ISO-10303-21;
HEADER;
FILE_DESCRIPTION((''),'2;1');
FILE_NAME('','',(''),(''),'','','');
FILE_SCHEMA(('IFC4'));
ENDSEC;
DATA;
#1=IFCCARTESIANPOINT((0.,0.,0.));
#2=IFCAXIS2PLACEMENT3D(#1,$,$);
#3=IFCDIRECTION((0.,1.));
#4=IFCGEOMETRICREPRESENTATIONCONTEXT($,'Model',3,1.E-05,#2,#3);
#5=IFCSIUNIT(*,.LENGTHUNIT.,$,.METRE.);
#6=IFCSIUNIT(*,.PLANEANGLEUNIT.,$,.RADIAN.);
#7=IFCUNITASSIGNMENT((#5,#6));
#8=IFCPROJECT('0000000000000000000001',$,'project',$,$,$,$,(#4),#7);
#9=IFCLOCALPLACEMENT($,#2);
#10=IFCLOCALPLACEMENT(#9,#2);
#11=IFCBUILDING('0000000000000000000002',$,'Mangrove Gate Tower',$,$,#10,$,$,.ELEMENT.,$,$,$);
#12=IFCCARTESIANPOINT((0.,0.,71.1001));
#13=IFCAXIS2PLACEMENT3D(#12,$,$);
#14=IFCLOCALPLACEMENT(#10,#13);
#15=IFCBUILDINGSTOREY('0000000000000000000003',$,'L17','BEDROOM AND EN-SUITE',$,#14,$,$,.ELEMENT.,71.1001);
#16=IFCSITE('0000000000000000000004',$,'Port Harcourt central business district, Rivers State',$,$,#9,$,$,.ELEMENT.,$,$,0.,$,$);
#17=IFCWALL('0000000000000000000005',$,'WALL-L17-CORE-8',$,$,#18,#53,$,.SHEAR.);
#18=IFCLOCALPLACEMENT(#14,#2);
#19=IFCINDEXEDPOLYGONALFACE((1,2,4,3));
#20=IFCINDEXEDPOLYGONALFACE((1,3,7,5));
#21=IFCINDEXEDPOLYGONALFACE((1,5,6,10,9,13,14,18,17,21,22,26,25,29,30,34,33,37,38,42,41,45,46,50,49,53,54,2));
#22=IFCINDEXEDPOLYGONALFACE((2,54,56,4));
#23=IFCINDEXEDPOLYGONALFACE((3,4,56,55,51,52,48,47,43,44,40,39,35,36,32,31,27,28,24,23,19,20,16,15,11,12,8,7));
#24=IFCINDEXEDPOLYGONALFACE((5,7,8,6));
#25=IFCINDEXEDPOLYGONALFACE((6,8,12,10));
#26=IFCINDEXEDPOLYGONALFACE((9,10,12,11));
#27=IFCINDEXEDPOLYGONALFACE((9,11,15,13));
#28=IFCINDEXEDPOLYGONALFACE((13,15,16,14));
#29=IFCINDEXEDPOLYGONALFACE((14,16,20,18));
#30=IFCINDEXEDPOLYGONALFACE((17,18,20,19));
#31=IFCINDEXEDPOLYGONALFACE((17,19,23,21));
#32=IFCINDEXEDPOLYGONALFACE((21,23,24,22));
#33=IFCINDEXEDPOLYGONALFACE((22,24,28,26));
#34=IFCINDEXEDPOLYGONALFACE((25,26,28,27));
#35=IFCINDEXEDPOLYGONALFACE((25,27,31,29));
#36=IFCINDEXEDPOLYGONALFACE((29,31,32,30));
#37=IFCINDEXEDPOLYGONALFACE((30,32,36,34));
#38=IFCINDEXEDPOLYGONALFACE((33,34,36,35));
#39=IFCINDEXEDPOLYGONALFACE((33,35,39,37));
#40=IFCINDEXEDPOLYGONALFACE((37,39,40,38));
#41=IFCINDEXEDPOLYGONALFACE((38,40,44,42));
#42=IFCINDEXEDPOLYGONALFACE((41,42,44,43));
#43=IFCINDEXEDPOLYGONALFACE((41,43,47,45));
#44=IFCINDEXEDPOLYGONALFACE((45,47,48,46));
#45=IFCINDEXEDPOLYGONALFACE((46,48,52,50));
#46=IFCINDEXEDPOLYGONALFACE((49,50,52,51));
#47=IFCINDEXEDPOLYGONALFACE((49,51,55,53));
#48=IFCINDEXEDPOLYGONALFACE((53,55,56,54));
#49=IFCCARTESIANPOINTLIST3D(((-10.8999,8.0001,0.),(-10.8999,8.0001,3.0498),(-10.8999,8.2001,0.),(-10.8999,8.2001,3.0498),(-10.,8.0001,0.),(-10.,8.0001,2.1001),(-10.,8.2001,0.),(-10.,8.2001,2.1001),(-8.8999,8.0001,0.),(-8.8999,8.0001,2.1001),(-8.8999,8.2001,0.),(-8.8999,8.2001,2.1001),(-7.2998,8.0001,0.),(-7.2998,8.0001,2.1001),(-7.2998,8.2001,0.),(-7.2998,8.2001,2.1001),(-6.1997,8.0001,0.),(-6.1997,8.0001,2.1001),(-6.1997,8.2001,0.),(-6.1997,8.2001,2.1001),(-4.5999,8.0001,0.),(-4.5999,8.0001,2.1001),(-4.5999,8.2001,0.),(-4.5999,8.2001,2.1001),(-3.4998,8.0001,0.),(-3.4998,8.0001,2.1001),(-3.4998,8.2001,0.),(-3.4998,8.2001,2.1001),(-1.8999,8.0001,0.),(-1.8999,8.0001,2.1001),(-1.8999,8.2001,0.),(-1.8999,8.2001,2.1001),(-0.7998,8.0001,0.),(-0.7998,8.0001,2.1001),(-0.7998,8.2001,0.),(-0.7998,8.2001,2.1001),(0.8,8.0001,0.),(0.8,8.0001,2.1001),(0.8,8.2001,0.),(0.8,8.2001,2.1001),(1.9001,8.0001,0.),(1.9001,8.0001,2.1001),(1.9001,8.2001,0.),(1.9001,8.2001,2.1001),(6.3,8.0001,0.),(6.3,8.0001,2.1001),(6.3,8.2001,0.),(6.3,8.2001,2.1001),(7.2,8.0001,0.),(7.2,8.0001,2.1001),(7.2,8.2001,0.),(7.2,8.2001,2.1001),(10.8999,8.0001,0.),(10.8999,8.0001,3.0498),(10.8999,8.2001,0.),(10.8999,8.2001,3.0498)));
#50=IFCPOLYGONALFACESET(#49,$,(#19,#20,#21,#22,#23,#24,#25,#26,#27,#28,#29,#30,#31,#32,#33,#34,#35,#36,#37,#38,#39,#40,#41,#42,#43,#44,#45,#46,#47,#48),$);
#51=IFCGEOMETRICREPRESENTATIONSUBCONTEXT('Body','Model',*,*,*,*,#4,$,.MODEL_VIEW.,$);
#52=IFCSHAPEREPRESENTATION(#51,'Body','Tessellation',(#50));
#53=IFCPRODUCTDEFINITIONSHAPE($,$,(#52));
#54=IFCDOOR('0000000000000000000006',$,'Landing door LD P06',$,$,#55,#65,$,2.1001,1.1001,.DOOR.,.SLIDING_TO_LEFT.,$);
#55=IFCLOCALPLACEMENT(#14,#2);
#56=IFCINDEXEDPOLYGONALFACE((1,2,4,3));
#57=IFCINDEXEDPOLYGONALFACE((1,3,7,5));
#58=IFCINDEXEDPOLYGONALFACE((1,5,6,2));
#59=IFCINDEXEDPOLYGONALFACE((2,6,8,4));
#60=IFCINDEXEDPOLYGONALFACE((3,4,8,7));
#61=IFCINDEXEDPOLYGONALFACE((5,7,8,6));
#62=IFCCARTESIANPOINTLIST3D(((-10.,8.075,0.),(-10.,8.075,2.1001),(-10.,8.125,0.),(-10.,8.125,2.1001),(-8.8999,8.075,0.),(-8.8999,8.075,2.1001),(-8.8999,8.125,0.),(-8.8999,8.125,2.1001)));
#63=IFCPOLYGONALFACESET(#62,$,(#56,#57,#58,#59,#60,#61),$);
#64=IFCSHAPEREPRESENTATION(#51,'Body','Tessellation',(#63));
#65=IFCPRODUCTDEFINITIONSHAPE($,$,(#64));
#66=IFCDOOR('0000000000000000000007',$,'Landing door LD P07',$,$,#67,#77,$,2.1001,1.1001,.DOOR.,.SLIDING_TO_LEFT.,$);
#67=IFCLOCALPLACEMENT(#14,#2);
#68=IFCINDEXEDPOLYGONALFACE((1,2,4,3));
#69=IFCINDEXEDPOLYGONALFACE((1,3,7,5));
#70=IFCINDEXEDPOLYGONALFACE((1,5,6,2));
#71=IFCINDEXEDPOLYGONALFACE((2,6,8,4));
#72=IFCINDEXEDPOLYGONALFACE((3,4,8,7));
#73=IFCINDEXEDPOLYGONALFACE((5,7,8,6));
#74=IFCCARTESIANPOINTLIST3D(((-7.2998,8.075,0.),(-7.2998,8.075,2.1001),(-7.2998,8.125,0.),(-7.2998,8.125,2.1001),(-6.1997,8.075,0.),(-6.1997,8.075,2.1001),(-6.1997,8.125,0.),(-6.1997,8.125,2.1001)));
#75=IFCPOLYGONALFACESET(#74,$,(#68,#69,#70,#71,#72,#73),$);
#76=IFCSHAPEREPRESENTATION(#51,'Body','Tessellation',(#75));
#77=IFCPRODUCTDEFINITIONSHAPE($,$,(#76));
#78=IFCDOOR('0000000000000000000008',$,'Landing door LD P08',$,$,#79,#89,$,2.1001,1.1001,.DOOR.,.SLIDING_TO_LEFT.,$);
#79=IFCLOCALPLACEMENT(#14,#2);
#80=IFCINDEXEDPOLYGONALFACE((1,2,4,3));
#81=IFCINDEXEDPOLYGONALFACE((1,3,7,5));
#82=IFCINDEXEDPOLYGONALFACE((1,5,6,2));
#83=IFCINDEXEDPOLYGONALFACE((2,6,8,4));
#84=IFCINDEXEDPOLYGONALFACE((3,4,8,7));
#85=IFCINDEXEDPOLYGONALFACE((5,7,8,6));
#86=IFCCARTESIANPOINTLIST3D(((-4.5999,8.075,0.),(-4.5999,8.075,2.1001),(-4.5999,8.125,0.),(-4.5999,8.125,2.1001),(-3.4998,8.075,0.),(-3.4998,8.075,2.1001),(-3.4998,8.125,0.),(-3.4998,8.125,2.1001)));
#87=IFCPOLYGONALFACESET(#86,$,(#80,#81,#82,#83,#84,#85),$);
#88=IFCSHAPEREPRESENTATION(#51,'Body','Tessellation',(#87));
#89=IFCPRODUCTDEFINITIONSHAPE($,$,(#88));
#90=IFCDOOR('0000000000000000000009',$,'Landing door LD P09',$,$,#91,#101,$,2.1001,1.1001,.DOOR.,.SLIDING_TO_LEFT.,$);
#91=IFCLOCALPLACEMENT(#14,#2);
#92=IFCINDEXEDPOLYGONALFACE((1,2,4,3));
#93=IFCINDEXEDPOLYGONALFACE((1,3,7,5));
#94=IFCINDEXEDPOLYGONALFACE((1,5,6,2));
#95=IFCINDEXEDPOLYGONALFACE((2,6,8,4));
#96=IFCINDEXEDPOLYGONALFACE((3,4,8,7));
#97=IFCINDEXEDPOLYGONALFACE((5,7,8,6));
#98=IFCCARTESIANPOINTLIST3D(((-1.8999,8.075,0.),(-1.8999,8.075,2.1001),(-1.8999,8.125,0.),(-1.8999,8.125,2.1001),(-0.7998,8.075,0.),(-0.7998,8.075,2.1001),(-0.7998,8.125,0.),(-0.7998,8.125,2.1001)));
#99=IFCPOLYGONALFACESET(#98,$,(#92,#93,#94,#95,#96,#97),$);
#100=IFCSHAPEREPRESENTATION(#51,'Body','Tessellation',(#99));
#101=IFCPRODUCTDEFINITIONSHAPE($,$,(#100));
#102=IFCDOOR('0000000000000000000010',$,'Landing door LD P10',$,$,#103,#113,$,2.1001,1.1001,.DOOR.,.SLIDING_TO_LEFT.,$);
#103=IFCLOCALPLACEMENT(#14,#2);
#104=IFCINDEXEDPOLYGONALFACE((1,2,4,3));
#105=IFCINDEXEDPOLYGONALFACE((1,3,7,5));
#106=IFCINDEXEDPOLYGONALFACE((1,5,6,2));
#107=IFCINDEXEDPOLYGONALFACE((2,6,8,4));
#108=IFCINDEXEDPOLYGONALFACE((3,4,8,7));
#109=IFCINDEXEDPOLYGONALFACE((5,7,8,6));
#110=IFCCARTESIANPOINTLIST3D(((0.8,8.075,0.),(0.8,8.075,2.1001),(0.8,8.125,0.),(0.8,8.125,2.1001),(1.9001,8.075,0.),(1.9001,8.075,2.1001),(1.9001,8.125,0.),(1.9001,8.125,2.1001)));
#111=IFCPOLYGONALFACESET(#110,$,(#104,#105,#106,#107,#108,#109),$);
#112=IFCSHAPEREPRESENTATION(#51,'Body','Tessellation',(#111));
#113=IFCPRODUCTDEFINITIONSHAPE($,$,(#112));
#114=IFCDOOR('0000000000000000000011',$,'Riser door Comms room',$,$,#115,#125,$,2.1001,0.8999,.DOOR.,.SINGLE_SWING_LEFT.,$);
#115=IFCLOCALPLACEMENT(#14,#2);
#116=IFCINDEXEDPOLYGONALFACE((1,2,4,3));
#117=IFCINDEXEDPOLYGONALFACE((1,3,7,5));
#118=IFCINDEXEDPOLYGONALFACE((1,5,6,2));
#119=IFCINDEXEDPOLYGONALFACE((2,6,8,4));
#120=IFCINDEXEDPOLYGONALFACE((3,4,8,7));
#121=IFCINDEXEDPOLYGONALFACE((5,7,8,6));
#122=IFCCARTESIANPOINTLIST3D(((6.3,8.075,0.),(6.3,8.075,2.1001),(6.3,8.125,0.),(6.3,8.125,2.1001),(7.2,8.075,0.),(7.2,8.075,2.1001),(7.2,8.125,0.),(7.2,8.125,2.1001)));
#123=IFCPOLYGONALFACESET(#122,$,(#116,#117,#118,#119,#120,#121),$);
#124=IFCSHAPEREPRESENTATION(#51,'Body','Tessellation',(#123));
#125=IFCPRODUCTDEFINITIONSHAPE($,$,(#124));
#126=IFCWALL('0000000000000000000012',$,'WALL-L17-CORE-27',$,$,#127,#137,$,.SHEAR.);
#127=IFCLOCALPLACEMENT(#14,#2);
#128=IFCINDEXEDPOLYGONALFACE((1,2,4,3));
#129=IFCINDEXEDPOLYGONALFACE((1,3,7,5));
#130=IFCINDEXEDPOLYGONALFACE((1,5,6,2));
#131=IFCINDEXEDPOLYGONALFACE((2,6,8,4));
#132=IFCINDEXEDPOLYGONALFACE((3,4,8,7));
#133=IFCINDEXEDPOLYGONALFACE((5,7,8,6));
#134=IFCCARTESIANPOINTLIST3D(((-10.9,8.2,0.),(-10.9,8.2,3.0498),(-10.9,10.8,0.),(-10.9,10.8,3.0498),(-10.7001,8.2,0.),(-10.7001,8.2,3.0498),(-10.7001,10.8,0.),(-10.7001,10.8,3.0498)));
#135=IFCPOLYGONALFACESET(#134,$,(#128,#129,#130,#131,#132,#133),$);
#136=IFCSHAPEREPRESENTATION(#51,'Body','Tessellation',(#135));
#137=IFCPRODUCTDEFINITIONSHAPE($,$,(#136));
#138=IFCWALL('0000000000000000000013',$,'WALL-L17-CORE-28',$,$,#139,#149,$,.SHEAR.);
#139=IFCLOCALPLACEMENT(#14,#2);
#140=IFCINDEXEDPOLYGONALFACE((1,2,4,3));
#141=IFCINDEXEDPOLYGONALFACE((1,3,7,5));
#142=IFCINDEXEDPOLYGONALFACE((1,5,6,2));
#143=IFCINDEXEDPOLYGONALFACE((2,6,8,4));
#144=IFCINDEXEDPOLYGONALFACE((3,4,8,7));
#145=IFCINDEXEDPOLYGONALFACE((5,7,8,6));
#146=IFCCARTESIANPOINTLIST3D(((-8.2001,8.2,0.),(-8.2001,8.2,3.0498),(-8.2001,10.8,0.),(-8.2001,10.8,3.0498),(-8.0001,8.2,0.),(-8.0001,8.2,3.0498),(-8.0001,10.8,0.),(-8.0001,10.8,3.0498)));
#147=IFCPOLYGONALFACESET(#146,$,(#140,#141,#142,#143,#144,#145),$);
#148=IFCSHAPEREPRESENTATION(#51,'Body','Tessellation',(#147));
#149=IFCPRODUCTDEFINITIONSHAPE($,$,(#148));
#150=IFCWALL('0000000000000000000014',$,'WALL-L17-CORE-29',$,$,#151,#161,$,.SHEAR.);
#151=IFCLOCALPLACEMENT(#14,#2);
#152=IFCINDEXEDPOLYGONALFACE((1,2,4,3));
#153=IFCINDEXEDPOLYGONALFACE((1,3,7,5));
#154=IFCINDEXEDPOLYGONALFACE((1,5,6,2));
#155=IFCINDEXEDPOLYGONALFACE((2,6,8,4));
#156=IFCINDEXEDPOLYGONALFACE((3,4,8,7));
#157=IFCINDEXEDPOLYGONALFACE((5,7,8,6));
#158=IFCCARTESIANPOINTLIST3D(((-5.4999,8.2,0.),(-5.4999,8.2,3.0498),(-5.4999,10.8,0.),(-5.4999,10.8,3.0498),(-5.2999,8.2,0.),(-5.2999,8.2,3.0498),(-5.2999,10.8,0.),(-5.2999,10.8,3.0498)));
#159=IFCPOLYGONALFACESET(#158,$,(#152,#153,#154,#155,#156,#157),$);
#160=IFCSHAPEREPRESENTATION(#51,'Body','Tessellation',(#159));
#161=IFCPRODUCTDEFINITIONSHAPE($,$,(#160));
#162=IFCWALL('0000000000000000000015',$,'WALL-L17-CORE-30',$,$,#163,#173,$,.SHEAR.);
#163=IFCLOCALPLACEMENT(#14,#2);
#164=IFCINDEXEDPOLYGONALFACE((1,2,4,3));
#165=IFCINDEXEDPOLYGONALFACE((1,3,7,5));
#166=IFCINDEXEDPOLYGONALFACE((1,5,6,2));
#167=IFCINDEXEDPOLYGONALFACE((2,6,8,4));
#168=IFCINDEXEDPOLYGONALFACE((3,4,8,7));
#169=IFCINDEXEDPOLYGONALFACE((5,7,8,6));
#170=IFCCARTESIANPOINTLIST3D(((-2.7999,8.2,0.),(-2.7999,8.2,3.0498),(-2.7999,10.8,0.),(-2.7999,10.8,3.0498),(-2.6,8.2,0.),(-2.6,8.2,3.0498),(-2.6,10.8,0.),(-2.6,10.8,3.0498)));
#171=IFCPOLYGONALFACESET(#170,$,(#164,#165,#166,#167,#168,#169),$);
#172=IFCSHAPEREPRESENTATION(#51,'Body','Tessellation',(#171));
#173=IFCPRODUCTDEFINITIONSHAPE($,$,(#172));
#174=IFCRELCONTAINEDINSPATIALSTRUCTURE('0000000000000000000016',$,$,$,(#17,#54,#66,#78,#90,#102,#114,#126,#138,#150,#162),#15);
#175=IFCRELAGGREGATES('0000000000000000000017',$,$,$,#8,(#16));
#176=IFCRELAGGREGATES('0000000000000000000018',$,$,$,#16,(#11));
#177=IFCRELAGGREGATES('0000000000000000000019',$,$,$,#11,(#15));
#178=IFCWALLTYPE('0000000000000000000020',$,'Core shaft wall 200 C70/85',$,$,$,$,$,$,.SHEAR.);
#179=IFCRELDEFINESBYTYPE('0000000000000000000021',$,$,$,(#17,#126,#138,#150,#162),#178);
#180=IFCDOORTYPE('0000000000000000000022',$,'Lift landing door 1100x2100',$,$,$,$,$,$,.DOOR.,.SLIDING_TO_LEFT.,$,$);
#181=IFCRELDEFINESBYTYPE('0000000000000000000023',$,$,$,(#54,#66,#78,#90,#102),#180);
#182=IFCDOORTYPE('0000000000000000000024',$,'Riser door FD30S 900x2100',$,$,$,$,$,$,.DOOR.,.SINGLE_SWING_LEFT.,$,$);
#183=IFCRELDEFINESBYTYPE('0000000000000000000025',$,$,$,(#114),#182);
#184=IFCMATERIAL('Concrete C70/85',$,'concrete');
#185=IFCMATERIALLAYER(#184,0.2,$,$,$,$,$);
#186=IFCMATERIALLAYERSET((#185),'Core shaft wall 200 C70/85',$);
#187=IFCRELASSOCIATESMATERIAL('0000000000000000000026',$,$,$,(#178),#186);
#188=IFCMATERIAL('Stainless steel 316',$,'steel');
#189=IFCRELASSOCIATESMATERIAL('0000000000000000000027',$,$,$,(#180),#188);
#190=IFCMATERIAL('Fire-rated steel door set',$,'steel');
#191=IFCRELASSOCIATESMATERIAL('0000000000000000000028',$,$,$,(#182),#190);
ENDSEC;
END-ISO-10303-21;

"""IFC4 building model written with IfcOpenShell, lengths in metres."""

from ifc_helpers import new_model, si_unit, direction, frame, frame_2d, origin, place, context, subcontext, project, spatial, rectangle, extrude, material, layer, layer_set, type_object, element, fill, save


model = new_model("IFC4")

# Units and contexts
model_context = context("Model", 3, precision=1e-05, world=origin(), true_north=direction((0.0, 1.0)))
body_context = subcontext(model_context, "Body", "Model", "MODEL_VIEW")
ifc_project = project(units=[si_unit("LENGTHUNIT", "METRE"), si_unit("PLANEANGLEUNIT", "RADIAN")], contexts=[model_context])

# Site, building, storey
site_placement = place(None, origin())
site = spatial("IfcSite", under=ifc_project, at=site_placement, Name="Port Harcourt central business district, Rivers State", CompositionType="ELEMENT", RefElevation=0.0)
building_placement = place(site_placement, origin())
building = spatial("IfcBuilding", under=site, at=building_placement, Name="Mangrove Gate Tower", CompositionType="ELEMENT")
storey_placement = place(building_placement, frame((0.0, 0.0, 71.1001)))
storey = spatial("IfcBuildingStorey", under=building, at=storey_placement, Name="L17", Description="BEDROOM AND EN-SUITE", CompositionType="ELEMENT", Elevation=71.1001)

# Wall, openings, doors
ifc_material_1 = material(Name="Concrete C70/85", Category="concrete")
ifc_layer_1 = layer(ifc_material_1, 0.2)
ifc_layer_set_1 = layer_set([ifc_layer_1], Name="Core shaft wall 200 C70/85")
wall_type = type_object("IfcWallType", Name="Core shaft wall 200 C70/85", PredefinedType="SHEAR", material=ifc_layer_set_1)
ifc_material_2 = material(Name="Stainless steel 316", Category="steel")
door_type_1 = type_object("IfcDoorType", Name="Lift landing door 1100x2100", OperationType="SLIDING_TO_LEFT", PredefinedType="DOOR", material=ifc_material_2)
ifc_material_3 = material(Name="Fire-rated steel door set", Category="steel")
door_type_2 = type_object("IfcDoorType", Name="Riser door FD30S 900x2100", OperationType="SINGLE_SWING_LEFT", PredefinedType="DOOR", material=ifc_material_3)
wall_1_placement = place(storey_placement, frame((-10.8999, 8.1001, 0.0), z_axis=(0.0, 0.0, 1.0), x_axis=(1.0, 0.0, 0.0)))
wall_1 = element("IfcWall", 1, at=wall_1_placement, inside=storey, type_object=wall_type, Name="WALL-L17-CORE-8", PredefinedType="SHEAR", context=body_context, shape_type="SweptSolid", body=[
    extrude(rectangle(XDim=21.7998, YDim=0.2, at=frame_2d((10.8999, 0.0))), origin(), (0.0, 0.0, 1.0), 3.0498),
])
opening_1_placement = place(wall_1_placement, frame((0.8999, 0.0, 0.0)))
opening_1 = element("IfcOpeningElement", 2, at=opening_1_placement, cuts=wall_1, PredefinedType="OPENING", context=body_context, shape_type="SweptSolid", body=[
    extrude(rectangle(XDim=1.1001, YDim=2.1001, at=frame_2d((0.55, 1.05))), frame((0.0, 0.1099, 0.0), z_axis=(0.0, -1.0, 0.0), x_axis=(1.0, 0.0, 0.0)), (0.0, 0.0, 1.0), 0.22),
])
opening_2_placement = place(wall_1_placement, frame((3.6001, 0.0, 0.0)))
opening_2 = element("IfcOpeningElement", 3, at=opening_2_placement, cuts=wall_1, PredefinedType="OPENING", context=body_context, shape_type="SweptSolid", body=[
    extrude(rectangle(XDim=1.1001, YDim=2.1001, at=frame_2d((0.55, 1.05))), frame((0.0, 0.1099, 0.0), z_axis=(0.0, -1.0, 0.0), x_axis=(1.0, 0.0, 0.0)), (0.0, 0.0, 1.0), 0.22),
])
opening_3_placement = place(wall_1_placement, frame((6.3, 0.0, 0.0)))
opening_3 = element("IfcOpeningElement", 4, at=opening_3_placement, cuts=wall_1, PredefinedType="OPENING", context=body_context, shape_type="SweptSolid", body=[
    extrude(rectangle(XDim=1.1001, YDim=2.1001, at=frame_2d((0.55, 1.05))), frame((0.0, 0.1099, 0.0), z_axis=(0.0, -1.0, 0.0), x_axis=(1.0, 0.0, 0.0)), (0.0, 0.0, 1.0), 0.22),
])
opening_4_placement = place(wall_1_placement, frame((9.0, 0.0, 0.0)))
opening_4 = element("IfcOpeningElement", 5, at=opening_4_placement, cuts=wall_1, PredefinedType="OPENING", context=body_context, shape_type="SweptSolid", body=[
    extrude(rectangle(XDim=1.1001, YDim=2.1001, at=frame_2d((0.55, 1.05))), frame((0.0, 0.1099, 0.0), z_axis=(0.0, -1.0, 0.0), x_axis=(1.0, 0.0, 0.0)), (0.0, 0.0, 1.0), 0.22),
])
opening_5_placement = place(wall_1_placement, frame((11.7, 0.0, 0.0)))
opening_5 = element("IfcOpeningElement", 6, at=opening_5_placement, cuts=wall_1, PredefinedType="OPENING", context=body_context, shape_type="SweptSolid", body=[
    extrude(rectangle(XDim=1.1001, YDim=2.1001, at=frame_2d((0.55, 1.05))), frame((0.0, 0.1099, 0.0), z_axis=(0.0, -1.0, 0.0), x_axis=(1.0, 0.0, 0.0)), (0.0, 0.0, 1.0), 0.22),
])
opening_6_placement = place(wall_1_placement, frame((17.2, 0.0, 0.0)))
opening_6 = element("IfcOpeningElement", 7, at=opening_6_placement, cuts=wall_1, PredefinedType="OPENING", context=body_context, shape_type="SweptSolid", body=[
    extrude(rectangle(XDim=0.8999, YDim=2.1001, at=frame_2d((0.45, 1.05))), frame((0.0, 0.1099, 0.0), z_axis=(0.0, -1.0, 0.0), x_axis=(1.0, 0.0, 0.0)), (0.0, 0.0, 1.0), 0.22),
])
door_1_placement = place(opening_1_placement, origin())
door_1 = element("IfcDoor", 8, at=door_1_placement, inside=storey, type_object=door_type_1, Name="Landing door LD P06", OperationType="SLIDING_TO_LEFT", OverallHeight=2.1001, OverallWidth=1.1001, PredefinedType="DOOR", context=body_context, shape_type="SweptSolid", body=[
    extrude(rectangle(XDim=1.1001, YDim=2.1001, at=frame_2d((0.55, 1.05))), frame((0.0, 0.0249, 0.0), z_axis=(0.0, -1.0, 0.0), x_axis=(1.0, 0.0, 0.0)), (0.0, 0.0, 1.0), 0.05),
])
fill(opening_1, door_1)
door_2_placement = place(opening_2_placement, origin())
door_2 = element("IfcDoor", 9, at=door_2_placement, inside=storey, type_object=door_type_1, Name="Landing door LD P07", OperationType="SLIDING_TO_LEFT", OverallHeight=2.1001, OverallWidth=1.1001, PredefinedType="DOOR", context=body_context, shape_type="SweptSolid", body=[
    extrude(rectangle(XDim=1.1001, YDim=2.1001, at=frame_2d((0.55, 1.05))), frame((0.0, 0.0249, 0.0), z_axis=(0.0, -1.0, 0.0), x_axis=(1.0, 0.0, 0.0)), (0.0, 0.0, 1.0), 0.05),
])
fill(opening_2, door_2)
door_3_placement = place(opening_3_placement, origin())
door_3 = element("IfcDoor", 10, at=door_3_placement, inside=storey, type_object=door_type_1, Name="Landing door LD P08", OperationType="SLIDING_TO_LEFT", OverallHeight=2.1001, OverallWidth=1.1001, PredefinedType="DOOR", context=body_context, shape_type="SweptSolid", body=[
    extrude(rectangle(XDim=1.1001, YDim=2.1001, at=frame_2d((0.55, 1.05))), frame((0.0, 0.0249, 0.0), z_axis=(0.0, -1.0, 0.0), x_axis=(1.0, 0.0, 0.0)), (0.0, 0.0, 1.0), 0.05),
])
fill(opening_3, door_3)
door_4_placement = place(opening_4_placement, origin())
door_4 = element("IfcDoor", 11, at=door_4_placement, inside=storey, type_object=door_type_1, Name="Landing door LD P09", OperationType="SLIDING_TO_LEFT", OverallHeight=2.1001, OverallWidth=1.1001, PredefinedType="DOOR", context=body_context, shape_type="SweptSolid", body=[
    extrude(rectangle(XDim=1.1001, YDim=2.1001, at=frame_2d((0.55, 1.05))), frame((0.0, 0.0249, 0.0), z_axis=(0.0, -1.0, 0.0), x_axis=(1.0, 0.0, 0.0)), (0.0, 0.0, 1.0), 0.05),
])
fill(opening_4, door_4)
door_5_placement = place(opening_5_placement, origin())
door_5 = element("IfcDoor", 12, at=door_5_placement, inside=storey, type_object=door_type_1, Name="Landing door LD P10", OperationType="SLIDING_TO_LEFT", OverallHeight=2.1001, OverallWidth=1.1001, PredefinedType="DOOR", context=body_context, shape_type="SweptSolid", body=[
    extrude(rectangle(XDim=1.1001, YDim=2.1001, at=frame_2d((0.55, 1.05))), frame((0.0, 0.0249, 0.0), z_axis=(0.0, -1.0, 0.0), x_axis=(1.0, 0.0, 0.0)), (0.0, 0.0, 1.0), 0.05),
])
fill(opening_5, door_5)
door_6_placement = place(opening_6_placement, origin())
door_6 = element("IfcDoor", 13, at=door_6_placement, inside=storey, type_object=door_type_2, Name="Riser door Comms room", OperationType="SINGLE_SWING_LEFT", OverallHeight=2.1001, OverallWidth=0.8999, PredefinedType="DOOR", context=body_context, shape_type="SweptSolid", body=[
    extrude(rectangle(XDim=0.8999, YDim=2.1001, at=frame_2d((0.45, 1.05))), frame((0.0, 0.0249, 0.0), z_axis=(0.0, -1.0, 0.0), x_axis=(1.0, 0.0, 0.0)), (0.0, 0.0, 1.0), 0.05),
])
fill(opening_6, door_6)

# Walls
for number, where, z_axis, x_axis, name in (
    (14, (-10.8, 8.2, 0.0), (0.0, 0.0, 1.0), (0.0, 1.0, 0.0), "WALL-L17-CORE-27"),
    (15, (-8.1001, 8.2, 0.0), (0.0, 0.0, 1.0), (0.0, 1.0, 0.0), "WALL-L17-CORE-28"),
    (16, (-5.3999, 8.2, 0.0), (0.0, 0.0, 1.0), (0.0, 1.0, 0.0), "WALL-L17-CORE-29"),
    (17, (-2.7, 8.2, 0.0), (0.0, 0.0, 1.0), (0.0, 1.0, 0.0), "WALL-L17-CORE-30"),
):
    element("IfcWall", number, at=place(storey_placement, frame(where, z_axis=z_axis, x_axis=x_axis)), inside=storey, type_object=wall_type, Name=name, PredefinedType="SHEAR", context=body_context, shape_type="SweptSolid", body=[
        extrude(rectangle(XDim=2.6001, YDim=0.2, at=frame_2d((1.3, 0.0))), origin(), (0.0, 0.0, 1.0), 3.0498),
    ])

save(model, "model.ifc")
